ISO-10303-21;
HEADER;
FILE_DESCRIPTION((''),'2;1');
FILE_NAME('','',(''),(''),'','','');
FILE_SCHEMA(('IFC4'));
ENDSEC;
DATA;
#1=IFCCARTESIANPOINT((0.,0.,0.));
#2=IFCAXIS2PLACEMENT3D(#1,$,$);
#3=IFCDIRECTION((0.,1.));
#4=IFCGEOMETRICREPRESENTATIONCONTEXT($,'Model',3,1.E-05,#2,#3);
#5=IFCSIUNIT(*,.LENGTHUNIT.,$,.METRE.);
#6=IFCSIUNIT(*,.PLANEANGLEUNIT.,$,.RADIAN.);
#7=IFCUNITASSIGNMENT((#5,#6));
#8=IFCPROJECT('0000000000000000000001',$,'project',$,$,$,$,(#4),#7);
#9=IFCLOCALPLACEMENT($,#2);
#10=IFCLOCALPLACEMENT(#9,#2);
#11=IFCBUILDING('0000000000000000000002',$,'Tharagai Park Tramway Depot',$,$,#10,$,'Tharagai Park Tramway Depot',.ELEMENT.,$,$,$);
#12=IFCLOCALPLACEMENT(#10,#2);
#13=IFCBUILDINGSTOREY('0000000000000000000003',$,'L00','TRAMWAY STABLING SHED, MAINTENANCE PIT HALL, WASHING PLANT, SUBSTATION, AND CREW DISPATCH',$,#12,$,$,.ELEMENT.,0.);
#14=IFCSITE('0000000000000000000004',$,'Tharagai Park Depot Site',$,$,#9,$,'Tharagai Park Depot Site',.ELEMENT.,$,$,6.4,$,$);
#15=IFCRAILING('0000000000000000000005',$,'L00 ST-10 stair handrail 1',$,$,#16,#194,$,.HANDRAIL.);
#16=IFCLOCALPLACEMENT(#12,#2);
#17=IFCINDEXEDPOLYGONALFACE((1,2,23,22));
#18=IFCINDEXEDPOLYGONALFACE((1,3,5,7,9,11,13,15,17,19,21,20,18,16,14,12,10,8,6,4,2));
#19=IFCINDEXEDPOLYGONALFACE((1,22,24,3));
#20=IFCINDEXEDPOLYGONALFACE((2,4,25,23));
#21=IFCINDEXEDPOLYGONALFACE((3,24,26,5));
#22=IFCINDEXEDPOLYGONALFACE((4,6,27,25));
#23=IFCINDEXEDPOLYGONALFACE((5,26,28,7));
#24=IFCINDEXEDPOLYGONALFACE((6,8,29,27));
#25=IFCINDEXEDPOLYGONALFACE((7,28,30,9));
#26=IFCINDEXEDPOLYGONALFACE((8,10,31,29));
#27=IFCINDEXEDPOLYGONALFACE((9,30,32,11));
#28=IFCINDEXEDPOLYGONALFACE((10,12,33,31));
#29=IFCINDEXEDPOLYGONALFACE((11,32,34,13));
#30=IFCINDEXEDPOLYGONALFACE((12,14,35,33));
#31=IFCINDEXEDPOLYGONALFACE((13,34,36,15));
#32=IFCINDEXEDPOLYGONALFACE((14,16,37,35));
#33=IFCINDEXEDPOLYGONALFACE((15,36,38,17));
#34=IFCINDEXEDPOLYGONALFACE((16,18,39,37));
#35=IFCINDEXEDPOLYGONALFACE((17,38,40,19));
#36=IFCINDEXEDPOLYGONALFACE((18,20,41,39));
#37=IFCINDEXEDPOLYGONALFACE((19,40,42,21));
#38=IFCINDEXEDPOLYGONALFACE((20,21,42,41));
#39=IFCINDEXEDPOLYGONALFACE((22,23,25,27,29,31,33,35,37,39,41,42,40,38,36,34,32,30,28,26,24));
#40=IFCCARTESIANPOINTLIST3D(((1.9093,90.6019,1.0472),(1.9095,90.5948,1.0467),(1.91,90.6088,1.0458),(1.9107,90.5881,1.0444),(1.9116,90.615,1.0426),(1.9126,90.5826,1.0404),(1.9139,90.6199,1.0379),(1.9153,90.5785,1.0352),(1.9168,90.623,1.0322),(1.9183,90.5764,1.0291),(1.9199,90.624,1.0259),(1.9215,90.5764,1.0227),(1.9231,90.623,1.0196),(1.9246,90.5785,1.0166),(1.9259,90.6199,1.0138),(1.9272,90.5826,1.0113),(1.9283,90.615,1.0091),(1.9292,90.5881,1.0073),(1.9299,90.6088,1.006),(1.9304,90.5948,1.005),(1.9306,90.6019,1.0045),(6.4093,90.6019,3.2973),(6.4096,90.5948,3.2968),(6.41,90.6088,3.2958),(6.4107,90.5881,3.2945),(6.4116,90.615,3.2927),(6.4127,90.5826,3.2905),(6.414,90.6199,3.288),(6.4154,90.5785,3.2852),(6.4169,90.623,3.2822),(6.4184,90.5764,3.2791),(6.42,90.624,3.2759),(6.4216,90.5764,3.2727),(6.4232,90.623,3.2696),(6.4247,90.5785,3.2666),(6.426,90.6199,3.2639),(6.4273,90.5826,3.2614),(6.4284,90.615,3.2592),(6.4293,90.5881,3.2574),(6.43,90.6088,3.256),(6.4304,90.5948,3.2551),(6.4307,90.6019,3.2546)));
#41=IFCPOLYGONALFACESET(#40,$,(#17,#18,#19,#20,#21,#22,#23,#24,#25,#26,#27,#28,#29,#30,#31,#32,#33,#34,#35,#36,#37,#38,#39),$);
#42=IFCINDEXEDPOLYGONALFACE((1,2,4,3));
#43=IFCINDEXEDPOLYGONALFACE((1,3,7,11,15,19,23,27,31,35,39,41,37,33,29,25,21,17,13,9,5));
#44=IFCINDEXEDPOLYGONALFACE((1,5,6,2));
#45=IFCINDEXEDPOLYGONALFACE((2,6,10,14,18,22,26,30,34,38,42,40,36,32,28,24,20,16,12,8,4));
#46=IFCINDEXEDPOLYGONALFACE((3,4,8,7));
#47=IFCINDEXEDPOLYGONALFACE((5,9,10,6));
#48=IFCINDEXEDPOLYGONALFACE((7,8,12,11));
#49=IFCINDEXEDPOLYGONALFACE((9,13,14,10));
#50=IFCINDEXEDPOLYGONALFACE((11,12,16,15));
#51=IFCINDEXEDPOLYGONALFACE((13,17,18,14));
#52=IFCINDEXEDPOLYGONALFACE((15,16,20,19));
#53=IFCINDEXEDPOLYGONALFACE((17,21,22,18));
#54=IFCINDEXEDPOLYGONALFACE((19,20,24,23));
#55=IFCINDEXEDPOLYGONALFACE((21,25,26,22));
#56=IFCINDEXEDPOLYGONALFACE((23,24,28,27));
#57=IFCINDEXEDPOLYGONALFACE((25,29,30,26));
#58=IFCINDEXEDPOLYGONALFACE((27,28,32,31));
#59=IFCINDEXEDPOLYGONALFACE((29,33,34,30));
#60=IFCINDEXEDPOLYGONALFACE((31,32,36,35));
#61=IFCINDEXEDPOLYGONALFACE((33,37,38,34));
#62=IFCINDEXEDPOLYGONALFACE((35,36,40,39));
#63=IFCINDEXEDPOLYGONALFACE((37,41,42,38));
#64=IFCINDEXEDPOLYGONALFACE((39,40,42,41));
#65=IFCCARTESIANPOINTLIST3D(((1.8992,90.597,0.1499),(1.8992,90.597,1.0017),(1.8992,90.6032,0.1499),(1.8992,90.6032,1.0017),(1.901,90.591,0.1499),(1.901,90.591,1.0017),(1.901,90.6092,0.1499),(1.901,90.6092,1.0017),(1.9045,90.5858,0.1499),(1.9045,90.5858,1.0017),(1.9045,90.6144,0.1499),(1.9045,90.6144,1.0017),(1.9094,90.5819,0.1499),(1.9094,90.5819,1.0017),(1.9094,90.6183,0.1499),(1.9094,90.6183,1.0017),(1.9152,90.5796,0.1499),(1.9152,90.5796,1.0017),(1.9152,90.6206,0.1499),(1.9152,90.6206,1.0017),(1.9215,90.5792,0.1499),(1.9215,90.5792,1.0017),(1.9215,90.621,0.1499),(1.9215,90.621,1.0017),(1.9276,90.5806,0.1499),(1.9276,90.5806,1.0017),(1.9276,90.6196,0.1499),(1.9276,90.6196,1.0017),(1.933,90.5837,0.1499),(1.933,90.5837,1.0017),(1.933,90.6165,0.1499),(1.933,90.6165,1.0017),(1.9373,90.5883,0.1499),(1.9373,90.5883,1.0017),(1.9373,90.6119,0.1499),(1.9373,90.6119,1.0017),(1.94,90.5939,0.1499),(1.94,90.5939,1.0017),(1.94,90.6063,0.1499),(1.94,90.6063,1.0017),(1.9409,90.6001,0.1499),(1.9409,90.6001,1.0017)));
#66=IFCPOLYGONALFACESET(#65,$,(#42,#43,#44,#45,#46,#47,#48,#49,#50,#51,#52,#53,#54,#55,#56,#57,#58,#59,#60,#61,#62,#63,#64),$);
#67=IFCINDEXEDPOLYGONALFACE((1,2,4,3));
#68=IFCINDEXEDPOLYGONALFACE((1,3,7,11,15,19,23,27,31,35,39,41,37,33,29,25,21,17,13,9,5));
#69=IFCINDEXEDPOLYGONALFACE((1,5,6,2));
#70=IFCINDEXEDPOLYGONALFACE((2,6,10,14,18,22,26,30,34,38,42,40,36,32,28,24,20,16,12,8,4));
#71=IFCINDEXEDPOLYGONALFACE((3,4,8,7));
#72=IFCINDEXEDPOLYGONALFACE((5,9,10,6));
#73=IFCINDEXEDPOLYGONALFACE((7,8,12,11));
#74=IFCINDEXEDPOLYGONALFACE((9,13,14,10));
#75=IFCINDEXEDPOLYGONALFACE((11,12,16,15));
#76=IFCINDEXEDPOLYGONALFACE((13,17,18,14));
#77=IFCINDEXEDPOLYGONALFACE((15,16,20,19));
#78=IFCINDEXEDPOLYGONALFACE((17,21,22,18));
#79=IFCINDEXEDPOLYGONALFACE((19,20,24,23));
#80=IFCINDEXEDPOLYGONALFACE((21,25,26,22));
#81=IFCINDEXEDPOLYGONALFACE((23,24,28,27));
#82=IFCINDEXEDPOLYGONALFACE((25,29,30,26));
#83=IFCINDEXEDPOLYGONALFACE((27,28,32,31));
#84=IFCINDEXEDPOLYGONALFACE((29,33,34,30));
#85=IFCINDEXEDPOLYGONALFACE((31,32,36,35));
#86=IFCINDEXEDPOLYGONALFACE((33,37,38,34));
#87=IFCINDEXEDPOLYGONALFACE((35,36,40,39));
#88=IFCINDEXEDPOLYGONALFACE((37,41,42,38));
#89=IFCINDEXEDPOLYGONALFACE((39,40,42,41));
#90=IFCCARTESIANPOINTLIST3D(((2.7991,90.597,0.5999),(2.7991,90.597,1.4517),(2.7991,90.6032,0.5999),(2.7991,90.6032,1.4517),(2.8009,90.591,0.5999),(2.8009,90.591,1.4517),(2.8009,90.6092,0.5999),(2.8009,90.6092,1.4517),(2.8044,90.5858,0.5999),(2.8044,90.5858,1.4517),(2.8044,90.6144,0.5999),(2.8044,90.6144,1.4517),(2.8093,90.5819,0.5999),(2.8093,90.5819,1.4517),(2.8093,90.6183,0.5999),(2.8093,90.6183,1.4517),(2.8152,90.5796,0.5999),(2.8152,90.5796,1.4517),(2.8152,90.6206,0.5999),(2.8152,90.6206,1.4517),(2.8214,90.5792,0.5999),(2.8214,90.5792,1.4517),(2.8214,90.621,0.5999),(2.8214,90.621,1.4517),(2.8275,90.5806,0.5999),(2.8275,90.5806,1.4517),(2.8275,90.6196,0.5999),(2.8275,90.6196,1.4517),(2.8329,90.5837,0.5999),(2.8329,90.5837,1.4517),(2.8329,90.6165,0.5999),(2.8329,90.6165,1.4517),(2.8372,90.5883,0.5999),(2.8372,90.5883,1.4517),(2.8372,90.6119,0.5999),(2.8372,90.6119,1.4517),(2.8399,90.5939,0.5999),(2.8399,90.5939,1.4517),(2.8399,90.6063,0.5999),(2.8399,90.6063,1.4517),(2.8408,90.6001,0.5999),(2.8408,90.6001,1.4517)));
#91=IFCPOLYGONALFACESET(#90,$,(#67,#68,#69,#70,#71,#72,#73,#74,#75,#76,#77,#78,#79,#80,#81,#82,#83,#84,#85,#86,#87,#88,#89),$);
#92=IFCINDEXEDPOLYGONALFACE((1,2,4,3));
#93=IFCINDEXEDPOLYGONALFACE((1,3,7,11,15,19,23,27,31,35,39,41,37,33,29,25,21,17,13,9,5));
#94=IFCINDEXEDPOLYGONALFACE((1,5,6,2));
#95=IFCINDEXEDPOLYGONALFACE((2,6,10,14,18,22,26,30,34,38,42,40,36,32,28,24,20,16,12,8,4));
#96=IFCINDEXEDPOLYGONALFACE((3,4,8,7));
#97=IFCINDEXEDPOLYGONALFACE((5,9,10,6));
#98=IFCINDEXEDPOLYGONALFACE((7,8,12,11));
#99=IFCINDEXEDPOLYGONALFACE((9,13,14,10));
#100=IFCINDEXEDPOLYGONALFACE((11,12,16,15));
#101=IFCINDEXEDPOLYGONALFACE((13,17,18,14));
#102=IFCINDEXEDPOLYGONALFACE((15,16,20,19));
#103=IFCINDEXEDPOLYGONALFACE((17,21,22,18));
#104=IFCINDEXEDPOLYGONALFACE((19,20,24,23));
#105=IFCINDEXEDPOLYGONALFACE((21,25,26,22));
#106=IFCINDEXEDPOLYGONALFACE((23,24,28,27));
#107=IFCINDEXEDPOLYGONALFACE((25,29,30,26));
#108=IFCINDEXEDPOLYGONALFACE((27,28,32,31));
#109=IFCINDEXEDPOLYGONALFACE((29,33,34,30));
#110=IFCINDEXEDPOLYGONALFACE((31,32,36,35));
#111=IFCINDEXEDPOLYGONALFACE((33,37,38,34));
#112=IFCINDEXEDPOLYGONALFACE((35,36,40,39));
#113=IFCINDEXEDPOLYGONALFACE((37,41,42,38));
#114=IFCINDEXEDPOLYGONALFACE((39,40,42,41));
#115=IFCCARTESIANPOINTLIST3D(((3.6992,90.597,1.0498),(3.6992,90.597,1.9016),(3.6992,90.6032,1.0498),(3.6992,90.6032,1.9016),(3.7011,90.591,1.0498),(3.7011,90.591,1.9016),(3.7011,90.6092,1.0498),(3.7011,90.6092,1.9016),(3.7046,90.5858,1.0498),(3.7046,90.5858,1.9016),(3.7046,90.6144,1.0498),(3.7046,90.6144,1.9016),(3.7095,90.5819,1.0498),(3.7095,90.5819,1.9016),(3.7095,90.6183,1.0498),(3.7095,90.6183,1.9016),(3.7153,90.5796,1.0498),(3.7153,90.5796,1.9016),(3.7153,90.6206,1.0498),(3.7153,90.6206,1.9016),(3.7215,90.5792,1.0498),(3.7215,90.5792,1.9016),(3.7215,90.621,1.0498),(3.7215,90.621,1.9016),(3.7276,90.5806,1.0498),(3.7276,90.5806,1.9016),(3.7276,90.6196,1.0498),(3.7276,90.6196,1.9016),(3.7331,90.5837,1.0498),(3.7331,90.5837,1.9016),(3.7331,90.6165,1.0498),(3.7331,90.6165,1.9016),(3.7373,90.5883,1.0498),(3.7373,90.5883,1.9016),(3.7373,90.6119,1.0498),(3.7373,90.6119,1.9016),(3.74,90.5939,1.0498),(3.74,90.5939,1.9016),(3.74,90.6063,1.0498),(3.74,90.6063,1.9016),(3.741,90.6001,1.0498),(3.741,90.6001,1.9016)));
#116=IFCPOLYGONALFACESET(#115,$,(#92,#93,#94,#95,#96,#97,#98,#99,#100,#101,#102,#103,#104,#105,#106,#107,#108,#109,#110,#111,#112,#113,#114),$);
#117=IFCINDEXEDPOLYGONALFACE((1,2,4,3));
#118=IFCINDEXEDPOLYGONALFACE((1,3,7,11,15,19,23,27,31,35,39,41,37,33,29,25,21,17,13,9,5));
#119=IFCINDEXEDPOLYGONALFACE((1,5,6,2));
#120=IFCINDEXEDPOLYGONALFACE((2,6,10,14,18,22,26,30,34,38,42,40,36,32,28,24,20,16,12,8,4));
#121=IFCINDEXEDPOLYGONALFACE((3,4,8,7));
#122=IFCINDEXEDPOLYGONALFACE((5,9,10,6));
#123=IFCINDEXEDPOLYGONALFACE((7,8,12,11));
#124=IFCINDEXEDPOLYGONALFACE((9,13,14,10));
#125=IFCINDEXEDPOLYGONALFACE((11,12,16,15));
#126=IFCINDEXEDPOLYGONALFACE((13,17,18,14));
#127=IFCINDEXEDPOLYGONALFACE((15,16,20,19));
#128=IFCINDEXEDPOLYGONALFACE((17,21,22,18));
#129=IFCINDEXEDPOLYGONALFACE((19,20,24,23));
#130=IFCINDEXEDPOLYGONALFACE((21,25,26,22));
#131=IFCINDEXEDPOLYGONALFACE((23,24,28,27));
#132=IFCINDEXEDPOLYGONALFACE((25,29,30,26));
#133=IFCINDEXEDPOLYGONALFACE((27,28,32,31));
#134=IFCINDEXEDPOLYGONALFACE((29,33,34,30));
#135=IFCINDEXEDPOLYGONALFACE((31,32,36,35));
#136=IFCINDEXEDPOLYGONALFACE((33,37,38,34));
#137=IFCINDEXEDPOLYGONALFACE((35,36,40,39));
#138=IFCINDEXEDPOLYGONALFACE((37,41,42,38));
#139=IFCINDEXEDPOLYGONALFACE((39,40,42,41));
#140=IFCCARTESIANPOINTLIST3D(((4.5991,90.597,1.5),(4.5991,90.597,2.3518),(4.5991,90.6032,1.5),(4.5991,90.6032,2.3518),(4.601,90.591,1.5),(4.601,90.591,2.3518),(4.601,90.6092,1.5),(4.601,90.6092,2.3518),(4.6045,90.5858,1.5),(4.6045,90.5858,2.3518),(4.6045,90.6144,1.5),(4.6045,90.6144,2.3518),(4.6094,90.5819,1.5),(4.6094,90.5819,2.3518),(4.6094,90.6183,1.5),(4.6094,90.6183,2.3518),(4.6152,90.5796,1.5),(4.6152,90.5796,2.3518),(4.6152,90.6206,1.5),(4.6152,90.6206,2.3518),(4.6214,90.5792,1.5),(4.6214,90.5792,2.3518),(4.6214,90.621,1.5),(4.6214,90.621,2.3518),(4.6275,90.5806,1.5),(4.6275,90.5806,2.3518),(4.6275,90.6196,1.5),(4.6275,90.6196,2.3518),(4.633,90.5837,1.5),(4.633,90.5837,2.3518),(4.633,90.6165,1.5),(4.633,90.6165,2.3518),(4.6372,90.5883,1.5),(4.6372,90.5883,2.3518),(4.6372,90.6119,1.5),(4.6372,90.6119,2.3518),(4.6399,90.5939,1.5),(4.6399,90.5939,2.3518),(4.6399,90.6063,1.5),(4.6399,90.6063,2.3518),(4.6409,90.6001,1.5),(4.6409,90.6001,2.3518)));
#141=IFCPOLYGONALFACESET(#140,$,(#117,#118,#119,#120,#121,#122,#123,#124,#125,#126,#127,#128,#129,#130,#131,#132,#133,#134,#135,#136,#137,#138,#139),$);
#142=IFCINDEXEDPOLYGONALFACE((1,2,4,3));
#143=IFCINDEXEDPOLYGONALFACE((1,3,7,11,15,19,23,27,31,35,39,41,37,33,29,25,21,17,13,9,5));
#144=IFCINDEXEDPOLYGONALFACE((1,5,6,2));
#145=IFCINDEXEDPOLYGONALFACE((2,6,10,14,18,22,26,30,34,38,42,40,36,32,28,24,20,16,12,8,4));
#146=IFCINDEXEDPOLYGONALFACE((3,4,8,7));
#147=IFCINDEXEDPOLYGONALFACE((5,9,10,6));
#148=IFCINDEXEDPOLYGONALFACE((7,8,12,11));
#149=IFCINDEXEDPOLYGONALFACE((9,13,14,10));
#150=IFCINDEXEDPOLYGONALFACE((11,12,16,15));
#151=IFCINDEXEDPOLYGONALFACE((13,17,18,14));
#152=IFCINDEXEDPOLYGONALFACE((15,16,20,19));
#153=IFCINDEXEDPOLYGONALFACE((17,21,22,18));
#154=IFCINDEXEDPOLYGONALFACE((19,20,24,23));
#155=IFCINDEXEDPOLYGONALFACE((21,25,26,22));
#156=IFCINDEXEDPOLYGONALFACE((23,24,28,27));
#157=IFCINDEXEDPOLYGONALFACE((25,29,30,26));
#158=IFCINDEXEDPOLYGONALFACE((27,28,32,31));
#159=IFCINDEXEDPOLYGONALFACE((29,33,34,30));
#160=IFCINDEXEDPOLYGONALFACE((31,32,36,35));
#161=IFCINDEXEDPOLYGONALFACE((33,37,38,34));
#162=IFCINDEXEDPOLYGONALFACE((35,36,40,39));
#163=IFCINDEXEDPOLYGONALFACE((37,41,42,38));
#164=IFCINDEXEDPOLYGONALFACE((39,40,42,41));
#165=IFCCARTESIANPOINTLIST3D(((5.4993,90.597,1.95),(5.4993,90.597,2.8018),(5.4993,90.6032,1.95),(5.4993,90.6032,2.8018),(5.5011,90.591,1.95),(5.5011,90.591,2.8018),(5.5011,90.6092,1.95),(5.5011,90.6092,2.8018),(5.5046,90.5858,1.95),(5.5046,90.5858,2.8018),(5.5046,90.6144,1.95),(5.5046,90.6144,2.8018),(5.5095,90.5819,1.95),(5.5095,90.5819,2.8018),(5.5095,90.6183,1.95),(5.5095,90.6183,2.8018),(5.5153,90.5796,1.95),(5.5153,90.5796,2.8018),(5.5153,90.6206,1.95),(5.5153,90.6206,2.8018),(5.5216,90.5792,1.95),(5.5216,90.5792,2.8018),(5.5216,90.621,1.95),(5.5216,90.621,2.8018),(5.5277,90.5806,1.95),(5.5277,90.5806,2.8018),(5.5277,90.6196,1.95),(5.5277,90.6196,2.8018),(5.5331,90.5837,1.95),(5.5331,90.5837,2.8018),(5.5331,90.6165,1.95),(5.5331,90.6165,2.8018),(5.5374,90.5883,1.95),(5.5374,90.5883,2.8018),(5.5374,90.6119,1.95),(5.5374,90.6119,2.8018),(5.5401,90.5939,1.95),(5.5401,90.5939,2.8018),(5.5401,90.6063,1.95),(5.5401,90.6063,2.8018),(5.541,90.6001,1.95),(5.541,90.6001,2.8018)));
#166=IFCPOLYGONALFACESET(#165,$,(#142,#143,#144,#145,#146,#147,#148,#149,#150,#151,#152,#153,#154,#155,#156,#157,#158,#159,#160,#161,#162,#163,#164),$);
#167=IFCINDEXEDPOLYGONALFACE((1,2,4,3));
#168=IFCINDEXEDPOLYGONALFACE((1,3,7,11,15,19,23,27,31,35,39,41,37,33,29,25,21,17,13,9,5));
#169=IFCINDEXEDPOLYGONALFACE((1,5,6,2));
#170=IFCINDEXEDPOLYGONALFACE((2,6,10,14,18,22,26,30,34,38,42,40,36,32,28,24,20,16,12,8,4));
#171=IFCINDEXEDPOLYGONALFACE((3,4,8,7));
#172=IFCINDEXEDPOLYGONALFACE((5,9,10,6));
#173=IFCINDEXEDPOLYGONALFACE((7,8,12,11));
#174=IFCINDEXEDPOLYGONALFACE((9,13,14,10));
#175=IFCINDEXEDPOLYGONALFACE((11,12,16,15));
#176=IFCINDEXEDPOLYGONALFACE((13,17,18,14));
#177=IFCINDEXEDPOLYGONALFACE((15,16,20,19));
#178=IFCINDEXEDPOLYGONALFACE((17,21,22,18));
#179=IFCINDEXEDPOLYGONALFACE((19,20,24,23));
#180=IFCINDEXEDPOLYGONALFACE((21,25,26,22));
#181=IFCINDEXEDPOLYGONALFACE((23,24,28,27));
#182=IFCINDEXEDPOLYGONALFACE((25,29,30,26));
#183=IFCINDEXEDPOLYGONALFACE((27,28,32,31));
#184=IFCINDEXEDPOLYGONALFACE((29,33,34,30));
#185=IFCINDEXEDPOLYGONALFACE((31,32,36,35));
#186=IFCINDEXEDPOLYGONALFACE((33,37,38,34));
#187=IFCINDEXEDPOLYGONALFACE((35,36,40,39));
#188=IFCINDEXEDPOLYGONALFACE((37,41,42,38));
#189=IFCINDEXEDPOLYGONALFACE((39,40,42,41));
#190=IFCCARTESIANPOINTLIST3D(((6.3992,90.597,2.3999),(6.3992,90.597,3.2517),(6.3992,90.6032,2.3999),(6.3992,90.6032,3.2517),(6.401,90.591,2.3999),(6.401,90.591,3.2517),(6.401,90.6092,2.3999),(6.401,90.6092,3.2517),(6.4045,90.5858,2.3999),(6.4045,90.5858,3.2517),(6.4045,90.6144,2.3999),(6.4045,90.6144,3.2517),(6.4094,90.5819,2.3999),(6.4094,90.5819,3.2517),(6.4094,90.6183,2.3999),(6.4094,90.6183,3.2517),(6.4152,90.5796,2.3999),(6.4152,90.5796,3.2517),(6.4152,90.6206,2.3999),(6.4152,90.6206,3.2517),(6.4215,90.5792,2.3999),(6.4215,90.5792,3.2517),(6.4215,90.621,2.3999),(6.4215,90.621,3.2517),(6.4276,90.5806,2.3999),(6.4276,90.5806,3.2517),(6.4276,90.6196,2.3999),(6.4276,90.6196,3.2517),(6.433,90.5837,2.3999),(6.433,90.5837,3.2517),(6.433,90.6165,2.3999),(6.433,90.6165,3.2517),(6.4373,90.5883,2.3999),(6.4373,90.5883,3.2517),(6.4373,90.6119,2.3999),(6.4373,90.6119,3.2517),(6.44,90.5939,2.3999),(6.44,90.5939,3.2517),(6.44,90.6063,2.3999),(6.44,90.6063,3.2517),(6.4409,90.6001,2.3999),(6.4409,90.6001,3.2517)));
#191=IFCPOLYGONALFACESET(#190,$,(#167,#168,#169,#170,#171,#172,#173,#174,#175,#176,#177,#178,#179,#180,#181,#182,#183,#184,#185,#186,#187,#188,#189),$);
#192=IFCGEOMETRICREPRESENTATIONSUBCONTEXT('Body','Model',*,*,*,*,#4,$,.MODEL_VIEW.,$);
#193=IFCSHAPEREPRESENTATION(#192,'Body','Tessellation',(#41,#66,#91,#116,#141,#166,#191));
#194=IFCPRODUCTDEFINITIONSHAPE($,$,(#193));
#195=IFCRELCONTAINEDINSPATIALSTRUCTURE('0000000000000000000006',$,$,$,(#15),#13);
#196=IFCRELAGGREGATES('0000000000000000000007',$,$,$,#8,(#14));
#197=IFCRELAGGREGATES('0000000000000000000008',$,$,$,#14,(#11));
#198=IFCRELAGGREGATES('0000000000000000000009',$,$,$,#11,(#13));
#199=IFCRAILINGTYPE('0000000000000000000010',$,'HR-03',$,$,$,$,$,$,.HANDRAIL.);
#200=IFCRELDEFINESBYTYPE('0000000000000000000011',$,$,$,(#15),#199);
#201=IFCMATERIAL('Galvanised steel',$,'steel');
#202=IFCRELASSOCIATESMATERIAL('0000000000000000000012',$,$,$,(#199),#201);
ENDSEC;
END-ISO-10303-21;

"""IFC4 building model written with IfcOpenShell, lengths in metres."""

from ifc_helpers import new_model, si_unit, direction, frame, origin, origin_2d, place, context, subcontext, project, spatial, circle, extrude, material, type_object, element, save


model = new_model("IFC4")

# Units and contexts
model_context = context("Model", 3, precision=1e-05, world=origin(), true_north=direction((0.0, 1.0)))
body_context = subcontext(model_context, "Body", "Model", "MODEL_VIEW")
ifc_project = project(units=[si_unit("LENGTHUNIT", "METRE"), si_unit("PLANEANGLEUNIT", "RADIAN")], contexts=[model_context])

# Site, building, storey
site_placement = place(None, origin())
site = spatial("IfcSite", under=ifc_project, at=site_placement, Name="Tharagai Park Depot Site", LongName="Tharagai Park Depot Site", CompositionType="ELEMENT", RefElevation=6.4)
building_placement = place(site_placement, origin())
building = spatial("IfcBuilding", under=site, at=building_placement, Name="Tharagai Park Tramway Depot", LongName="Tharagai Park Tramway Depot", CompositionType="ELEMENT")
storey_placement = place(building_placement, origin())
storey = spatial("IfcBuildingStorey", under=building, at=storey_placement, Name="L00", Description="TRAMWAY STABLING SHED, MAINTENANCE PIT HALL, WASHING PLANT, SUBSTATION, AND CREW DISPATCH", CompositionType="ELEMENT", Elevation=0.0)

# Shared definitions
ifc_material_1 = material(Name="Galvanised steel", Category="steel")

# Railing
railing_type_1 = type_object("IfcRailingType", Name="HR-03", PredefinedType="HANDRAIL", material=ifc_material_1)
railing_1_placement = place(storey_placement, frame((1.9199, 90.6001, 0.1499)))
element("IfcRailing", 1, at=railing_1_placement, inside=storey, type_object=railing_type_1, Name="L00 ST-10 stair handrail 1", PredefinedType="HANDRAIL", context=body_context, shape_type="SweptSolid", body=[
    extrude(circle(Radius=0.0239, at=origin_2d()), frame((0.0, 0.0, 0.876), z_axis=(0.894427, 0.0, 0.447214), x_axis=(0.0, 1.0, 0.0)), (0.0, 0.0, 1.0), 5.0312),
    extrude(circle(Radius=0.021, at=origin_2d()), origin(), (0.0, 0.0, 1.0), 0.8518),
    extrude(circle(Radius=0.021, at=origin_2d()), frame((0.8999, 0.0, 0.45)), (0.0, 0.0, 1.0), 0.8518),
    extrude(circle(Radius=0.021, at=origin_2d()), frame((1.8, 0.0, 0.8999)), (0.0, 0.0, 1.0), 0.8518),
    extrude(circle(Radius=0.021, at=origin_2d()), frame((2.7, 0.0, 1.3501)), (0.0, 0.0, 1.0), 0.8518),
    extrude(circle(Radius=0.021, at=origin_2d()), frame((3.6001, 0.0, 1.8)), (0.0, 0.0, 1.0), 0.8518),
    extrude(circle(Radius=0.021, at=origin_2d()), frame((4.5, 0.0, 2.25)), (0.0, 0.0, 1.0), 0.8518),
])

save(model, "model.ifc")
